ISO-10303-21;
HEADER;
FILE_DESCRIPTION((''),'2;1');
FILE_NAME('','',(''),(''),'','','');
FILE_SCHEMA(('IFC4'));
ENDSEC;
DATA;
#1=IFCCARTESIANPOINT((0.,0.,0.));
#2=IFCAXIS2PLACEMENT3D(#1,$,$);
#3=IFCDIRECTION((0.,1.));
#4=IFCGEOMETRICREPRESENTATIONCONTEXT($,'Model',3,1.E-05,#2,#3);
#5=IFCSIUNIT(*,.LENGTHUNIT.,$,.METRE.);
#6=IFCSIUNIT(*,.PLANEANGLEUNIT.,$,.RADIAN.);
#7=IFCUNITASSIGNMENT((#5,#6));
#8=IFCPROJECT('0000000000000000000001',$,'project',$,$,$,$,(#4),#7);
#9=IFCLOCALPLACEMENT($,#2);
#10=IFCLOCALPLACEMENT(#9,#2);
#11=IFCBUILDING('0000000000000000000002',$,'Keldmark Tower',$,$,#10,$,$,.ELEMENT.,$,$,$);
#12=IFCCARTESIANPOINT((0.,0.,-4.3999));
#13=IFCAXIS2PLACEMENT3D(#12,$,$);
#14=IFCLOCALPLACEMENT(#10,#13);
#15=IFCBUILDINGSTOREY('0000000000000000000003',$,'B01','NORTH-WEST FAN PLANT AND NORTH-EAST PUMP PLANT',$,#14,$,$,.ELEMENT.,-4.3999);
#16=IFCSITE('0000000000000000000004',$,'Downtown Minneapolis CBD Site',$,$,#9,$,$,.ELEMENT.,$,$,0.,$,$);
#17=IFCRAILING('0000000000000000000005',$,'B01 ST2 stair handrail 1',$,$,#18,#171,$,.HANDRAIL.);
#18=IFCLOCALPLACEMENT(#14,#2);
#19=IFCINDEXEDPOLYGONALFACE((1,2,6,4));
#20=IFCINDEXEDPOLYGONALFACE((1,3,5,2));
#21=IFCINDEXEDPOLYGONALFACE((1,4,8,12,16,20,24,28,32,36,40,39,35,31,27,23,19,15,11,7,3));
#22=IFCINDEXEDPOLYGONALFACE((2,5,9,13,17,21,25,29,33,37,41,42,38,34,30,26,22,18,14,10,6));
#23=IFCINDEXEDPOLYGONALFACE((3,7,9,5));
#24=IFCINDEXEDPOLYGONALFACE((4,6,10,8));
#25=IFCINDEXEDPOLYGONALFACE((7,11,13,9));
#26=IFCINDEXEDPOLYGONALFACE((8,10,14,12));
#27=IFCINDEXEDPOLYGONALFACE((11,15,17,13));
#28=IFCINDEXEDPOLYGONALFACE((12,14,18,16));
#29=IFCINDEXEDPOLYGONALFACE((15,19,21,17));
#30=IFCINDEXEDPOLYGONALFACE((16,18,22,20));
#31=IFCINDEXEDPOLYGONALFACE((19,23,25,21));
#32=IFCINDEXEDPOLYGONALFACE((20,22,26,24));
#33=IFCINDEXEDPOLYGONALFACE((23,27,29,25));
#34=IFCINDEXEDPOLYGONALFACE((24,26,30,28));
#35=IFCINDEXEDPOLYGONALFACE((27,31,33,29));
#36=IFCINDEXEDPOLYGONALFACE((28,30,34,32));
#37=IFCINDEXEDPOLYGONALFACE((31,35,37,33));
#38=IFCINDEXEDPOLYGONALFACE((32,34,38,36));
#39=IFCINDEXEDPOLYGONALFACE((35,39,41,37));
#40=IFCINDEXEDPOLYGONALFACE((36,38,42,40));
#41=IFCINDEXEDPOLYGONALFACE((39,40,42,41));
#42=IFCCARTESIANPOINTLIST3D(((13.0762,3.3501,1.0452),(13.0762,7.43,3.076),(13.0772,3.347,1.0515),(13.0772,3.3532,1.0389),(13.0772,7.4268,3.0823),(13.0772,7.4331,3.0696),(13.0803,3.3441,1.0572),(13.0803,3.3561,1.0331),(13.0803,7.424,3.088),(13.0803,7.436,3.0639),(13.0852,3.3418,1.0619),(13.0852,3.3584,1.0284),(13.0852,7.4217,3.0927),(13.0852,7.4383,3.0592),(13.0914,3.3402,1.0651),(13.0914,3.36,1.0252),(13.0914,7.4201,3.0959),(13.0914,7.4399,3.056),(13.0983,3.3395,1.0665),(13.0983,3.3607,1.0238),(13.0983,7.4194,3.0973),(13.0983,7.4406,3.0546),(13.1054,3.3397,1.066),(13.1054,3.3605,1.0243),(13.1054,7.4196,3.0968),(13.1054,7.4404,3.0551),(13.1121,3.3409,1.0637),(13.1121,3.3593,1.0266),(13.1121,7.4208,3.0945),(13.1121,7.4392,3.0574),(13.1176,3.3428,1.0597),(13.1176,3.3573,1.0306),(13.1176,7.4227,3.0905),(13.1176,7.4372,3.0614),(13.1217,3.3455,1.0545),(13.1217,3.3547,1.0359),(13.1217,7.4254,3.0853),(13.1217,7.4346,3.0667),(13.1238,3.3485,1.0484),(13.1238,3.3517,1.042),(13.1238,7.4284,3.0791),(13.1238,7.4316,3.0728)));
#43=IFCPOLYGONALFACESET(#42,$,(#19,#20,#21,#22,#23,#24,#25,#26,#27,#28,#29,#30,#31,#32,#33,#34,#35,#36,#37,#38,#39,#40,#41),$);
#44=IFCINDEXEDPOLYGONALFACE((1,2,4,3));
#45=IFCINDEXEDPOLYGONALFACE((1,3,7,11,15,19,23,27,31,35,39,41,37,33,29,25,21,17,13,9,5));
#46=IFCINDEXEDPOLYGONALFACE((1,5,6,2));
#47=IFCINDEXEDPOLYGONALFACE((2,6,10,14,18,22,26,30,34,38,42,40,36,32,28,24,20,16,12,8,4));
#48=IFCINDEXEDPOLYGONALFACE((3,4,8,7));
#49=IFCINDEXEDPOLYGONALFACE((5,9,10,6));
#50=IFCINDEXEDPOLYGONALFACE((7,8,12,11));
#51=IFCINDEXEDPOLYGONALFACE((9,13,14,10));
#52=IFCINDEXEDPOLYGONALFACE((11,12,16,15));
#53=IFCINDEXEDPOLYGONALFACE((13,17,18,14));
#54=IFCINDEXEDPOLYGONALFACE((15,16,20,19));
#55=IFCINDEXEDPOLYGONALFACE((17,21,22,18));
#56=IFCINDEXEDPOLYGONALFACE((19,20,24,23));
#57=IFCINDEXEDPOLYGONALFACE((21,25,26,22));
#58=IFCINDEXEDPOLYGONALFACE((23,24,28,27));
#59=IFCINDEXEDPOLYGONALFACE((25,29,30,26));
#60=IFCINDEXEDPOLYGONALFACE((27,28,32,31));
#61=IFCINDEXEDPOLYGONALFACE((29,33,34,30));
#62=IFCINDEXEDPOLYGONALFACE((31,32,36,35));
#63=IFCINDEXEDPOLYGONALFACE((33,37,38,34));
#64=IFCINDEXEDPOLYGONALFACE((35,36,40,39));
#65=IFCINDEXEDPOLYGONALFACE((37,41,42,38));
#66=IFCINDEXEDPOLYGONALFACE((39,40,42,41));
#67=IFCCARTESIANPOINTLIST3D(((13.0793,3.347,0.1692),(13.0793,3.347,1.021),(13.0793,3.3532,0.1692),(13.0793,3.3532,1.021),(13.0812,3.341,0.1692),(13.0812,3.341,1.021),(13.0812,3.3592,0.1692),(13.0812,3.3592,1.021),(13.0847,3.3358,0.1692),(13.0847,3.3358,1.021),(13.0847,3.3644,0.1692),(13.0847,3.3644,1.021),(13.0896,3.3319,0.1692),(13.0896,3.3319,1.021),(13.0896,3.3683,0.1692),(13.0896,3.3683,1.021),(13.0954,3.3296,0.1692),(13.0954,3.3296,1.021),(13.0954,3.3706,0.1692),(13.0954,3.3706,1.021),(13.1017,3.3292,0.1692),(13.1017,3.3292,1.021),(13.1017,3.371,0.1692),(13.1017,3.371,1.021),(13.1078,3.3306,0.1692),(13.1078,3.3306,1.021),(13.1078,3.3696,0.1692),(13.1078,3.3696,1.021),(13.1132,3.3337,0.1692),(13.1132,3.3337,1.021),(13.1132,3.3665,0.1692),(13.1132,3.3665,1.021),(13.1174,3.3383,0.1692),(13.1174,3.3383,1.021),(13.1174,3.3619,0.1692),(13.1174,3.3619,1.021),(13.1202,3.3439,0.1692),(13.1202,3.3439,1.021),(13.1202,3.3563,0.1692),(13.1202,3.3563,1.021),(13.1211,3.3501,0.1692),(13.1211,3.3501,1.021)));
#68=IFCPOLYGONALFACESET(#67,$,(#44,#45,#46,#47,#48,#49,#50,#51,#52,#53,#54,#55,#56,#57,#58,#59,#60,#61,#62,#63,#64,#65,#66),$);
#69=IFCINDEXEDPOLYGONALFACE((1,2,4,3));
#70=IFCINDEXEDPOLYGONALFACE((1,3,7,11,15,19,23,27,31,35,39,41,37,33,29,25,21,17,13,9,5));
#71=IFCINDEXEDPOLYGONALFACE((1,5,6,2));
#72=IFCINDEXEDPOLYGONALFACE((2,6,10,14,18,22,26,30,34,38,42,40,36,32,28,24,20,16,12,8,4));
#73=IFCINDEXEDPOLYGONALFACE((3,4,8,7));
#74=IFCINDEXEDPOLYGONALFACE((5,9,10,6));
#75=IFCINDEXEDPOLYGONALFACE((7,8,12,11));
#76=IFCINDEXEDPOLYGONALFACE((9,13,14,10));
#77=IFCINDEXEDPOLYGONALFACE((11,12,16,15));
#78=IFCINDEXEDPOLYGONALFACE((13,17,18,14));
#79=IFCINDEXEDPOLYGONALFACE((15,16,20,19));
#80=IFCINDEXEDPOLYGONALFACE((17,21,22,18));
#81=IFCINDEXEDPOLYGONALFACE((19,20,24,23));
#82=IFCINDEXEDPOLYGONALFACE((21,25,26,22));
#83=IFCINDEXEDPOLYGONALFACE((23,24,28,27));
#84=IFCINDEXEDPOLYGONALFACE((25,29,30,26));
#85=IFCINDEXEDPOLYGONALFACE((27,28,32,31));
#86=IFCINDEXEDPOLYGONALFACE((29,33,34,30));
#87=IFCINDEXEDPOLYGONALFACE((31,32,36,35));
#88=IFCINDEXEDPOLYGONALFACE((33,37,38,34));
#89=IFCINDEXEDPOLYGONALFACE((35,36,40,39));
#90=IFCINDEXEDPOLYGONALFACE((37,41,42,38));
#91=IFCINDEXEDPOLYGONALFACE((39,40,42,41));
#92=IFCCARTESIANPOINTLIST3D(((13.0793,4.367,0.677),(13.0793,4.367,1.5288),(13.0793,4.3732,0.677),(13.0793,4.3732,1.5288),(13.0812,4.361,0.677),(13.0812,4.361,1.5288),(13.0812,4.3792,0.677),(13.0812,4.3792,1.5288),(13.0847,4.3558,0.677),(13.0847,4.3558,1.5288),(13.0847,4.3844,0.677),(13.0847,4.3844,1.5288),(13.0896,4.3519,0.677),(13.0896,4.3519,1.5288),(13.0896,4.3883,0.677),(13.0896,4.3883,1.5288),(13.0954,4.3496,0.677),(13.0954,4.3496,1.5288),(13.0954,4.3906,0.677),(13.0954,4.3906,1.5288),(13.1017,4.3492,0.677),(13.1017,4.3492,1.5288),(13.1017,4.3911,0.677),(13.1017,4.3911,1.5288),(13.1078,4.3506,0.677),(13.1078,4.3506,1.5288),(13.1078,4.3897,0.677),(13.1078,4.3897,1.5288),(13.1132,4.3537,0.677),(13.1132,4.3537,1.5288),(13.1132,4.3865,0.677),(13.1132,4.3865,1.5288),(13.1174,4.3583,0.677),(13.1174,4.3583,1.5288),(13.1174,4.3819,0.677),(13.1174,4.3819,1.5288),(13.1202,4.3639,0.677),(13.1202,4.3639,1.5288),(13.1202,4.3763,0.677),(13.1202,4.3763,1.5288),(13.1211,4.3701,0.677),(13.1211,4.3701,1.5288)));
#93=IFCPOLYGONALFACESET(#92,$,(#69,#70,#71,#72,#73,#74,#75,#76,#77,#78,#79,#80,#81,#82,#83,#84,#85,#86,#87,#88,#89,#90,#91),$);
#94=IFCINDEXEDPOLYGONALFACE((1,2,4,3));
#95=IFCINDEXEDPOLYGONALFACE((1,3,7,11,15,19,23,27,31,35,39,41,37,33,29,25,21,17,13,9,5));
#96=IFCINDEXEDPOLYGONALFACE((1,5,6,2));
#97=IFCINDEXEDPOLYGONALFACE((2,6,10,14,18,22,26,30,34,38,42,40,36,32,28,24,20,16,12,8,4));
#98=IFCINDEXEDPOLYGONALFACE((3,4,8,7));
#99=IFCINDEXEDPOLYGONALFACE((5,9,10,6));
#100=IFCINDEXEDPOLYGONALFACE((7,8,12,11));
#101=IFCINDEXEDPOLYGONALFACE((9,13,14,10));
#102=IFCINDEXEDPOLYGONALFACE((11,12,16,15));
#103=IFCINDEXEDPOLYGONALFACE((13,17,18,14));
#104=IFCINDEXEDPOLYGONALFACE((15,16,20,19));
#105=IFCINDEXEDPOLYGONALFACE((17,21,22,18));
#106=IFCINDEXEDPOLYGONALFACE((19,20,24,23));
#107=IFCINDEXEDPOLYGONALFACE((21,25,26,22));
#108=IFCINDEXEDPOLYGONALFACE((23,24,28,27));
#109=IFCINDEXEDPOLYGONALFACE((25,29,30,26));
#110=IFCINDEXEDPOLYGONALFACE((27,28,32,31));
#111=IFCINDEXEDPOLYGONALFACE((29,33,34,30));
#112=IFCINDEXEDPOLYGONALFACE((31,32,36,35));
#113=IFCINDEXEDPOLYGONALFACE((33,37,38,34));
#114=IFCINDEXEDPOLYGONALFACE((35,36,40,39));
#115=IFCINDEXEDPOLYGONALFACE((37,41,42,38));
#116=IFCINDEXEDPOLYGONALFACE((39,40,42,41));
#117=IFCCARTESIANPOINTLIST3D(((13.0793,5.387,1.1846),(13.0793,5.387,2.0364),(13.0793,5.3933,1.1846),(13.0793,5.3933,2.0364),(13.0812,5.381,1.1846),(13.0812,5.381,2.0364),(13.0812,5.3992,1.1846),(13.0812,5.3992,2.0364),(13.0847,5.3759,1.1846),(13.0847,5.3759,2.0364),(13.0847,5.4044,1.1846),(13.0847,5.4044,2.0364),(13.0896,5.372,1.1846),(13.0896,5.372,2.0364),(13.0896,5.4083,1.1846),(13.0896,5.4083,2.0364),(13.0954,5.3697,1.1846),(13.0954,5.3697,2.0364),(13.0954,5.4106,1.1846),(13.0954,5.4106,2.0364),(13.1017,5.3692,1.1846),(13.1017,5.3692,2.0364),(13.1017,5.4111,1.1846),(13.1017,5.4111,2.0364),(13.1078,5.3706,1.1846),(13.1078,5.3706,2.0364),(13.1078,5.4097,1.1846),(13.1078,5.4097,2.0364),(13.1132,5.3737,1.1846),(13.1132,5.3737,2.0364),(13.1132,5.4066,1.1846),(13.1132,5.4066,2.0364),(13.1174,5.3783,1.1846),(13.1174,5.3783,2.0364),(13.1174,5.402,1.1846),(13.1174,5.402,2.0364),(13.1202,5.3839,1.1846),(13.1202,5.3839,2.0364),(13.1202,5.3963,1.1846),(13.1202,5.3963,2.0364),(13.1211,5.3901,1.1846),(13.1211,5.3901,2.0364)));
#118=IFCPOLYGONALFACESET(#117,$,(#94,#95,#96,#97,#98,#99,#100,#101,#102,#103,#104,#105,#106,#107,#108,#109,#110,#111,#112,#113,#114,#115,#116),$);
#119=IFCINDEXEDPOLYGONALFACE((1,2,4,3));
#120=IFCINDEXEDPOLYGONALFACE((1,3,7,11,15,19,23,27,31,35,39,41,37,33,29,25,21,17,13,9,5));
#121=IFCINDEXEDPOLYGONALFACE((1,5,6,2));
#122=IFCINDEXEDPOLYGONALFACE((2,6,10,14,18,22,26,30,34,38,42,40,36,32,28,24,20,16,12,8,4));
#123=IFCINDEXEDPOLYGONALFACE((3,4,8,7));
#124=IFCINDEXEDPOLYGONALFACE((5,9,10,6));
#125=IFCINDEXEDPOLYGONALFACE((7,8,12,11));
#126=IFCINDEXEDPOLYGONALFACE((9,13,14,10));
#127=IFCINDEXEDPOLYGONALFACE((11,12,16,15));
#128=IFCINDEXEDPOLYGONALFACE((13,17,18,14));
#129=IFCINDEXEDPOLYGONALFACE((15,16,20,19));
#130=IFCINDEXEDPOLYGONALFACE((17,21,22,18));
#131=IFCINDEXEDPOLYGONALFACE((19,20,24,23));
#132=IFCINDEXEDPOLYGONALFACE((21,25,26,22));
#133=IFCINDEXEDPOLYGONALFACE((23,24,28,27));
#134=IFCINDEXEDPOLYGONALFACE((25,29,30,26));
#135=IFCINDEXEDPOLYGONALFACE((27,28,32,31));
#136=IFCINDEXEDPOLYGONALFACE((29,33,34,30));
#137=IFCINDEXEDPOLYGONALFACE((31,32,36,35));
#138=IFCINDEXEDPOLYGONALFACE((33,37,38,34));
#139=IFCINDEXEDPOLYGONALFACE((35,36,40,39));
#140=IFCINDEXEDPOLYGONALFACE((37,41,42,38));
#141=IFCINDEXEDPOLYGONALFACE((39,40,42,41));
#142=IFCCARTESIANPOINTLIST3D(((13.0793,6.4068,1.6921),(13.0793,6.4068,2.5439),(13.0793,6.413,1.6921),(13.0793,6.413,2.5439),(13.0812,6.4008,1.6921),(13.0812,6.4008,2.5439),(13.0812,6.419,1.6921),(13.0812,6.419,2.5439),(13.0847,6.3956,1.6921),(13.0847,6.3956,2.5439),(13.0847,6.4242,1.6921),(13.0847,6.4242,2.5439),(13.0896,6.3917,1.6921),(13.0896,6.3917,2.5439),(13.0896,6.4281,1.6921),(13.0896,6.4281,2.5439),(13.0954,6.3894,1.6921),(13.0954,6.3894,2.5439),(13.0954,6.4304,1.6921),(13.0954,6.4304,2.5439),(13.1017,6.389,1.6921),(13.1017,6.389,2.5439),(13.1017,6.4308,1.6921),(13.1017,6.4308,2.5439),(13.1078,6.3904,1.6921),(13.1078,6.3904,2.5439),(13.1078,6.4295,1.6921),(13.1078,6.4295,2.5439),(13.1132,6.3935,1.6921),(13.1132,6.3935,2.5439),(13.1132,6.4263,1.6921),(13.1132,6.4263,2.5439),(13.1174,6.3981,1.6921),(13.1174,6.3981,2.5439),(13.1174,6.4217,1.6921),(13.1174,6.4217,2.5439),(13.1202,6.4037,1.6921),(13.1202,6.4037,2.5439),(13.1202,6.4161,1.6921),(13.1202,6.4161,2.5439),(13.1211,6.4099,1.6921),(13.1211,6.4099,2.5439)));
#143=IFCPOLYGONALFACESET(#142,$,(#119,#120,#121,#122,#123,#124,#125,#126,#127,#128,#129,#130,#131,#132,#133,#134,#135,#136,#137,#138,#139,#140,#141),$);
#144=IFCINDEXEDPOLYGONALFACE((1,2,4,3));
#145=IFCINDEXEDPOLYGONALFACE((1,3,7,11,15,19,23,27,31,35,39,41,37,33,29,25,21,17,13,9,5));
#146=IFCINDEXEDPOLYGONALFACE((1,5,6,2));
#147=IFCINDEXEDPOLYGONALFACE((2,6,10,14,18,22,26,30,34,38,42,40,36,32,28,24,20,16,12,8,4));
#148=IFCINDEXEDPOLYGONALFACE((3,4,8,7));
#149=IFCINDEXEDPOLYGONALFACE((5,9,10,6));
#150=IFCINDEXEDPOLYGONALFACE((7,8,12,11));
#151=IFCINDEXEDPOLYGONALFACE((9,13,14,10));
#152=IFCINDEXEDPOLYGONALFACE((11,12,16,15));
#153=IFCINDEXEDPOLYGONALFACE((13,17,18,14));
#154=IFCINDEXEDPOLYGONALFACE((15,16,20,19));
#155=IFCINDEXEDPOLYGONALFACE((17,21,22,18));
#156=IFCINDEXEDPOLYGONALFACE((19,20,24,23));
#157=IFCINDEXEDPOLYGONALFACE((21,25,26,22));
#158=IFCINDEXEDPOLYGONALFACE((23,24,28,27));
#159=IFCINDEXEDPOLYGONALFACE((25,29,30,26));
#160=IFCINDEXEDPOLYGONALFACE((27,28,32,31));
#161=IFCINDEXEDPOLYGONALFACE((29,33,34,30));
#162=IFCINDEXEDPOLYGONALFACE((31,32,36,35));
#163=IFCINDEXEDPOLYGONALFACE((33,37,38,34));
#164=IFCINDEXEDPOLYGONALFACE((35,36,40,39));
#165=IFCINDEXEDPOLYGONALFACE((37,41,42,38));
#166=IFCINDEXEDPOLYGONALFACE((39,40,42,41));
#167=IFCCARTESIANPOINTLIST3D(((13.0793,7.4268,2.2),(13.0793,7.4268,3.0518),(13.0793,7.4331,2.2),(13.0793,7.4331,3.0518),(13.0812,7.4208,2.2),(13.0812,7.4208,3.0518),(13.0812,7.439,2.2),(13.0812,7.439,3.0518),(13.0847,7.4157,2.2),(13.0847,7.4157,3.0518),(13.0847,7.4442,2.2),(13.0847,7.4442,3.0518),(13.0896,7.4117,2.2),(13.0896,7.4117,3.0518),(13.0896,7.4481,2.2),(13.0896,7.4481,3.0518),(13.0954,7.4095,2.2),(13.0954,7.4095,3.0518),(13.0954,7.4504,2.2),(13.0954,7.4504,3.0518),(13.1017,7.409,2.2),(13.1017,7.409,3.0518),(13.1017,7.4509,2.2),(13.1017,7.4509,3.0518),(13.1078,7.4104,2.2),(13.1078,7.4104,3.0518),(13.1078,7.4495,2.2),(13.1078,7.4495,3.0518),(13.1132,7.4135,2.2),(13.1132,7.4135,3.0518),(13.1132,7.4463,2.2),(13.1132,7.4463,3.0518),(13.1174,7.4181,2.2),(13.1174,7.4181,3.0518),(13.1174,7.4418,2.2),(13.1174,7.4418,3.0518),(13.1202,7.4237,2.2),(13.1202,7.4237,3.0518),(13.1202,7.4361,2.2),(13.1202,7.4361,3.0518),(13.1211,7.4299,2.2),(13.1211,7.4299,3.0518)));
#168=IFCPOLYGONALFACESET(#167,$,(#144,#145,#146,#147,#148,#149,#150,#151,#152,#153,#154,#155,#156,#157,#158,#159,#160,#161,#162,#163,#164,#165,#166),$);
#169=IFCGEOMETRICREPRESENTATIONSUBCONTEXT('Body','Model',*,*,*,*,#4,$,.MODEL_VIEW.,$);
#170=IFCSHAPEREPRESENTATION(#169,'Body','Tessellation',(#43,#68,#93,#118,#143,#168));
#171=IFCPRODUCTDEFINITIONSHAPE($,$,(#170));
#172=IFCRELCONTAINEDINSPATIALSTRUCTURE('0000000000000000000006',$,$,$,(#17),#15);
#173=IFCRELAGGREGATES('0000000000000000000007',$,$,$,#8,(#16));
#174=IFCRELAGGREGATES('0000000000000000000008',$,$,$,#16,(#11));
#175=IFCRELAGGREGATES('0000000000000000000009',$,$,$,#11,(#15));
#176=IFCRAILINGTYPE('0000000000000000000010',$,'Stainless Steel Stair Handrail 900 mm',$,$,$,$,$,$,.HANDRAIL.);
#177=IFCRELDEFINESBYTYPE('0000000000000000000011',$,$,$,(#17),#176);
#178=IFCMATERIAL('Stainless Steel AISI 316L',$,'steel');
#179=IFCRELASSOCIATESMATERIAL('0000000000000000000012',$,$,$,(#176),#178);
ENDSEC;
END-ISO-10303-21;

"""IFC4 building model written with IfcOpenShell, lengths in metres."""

from ifc_helpers import new_model, si_unit, direction, frame, origin, origin_2d, place, context, subcontext, project, spatial, circle, extrude, material, type_object, element, save


model = new_model("IFC4")

# Units and contexts
model_context = context("Model", 3, precision=1e-05, world=origin(), true_north=direction((0.0, 1.0)))
body_context = subcontext(model_context, "Body", "Model", "MODEL_VIEW")
ifc_project = project(units=[si_unit("LENGTHUNIT", "METRE"), si_unit("PLANEANGLEUNIT", "RADIAN")], contexts=[model_context])

# Site, building, storey
site_placement = place(None, origin())
site = spatial("IfcSite", under=ifc_project, at=site_placement, Name="Downtown Minneapolis CBD Site", CompositionType="ELEMENT", RefElevation=0.0)
building_placement = place(site_placement, origin())
building = spatial("IfcBuilding", under=site, at=building_placement, Name="Keldmark Tower", CompositionType="ELEMENT")
storey_placement = place(building_placement, frame((0.0, 0.0, -4.3999)))
storey = spatial("IfcBuildingStorey", under=building, at=storey_placement, Name="B01", Description="NORTH-WEST FAN PLANT AND NORTH-EAST PUMP PLANT", CompositionType="ELEMENT", Elevation=-4.3999)

# Railing
ifc_material_1 = material(Name="Stainless Steel AISI 316L", Category="steel")
railing_type_1 = type_object("IfcRailingType", Name="Stainless Steel Stair Handrail 900 mm", PredefinedType="HANDRAIL", material=ifc_material_1)
railing_1_placement = place(storey_placement, frame((13.1001, 3.3501, 0.1692)))
element("IfcRailing", 1, at=railing_1_placement, inside=storey, type_object=railing_type_1, Name="B01 ST2 stair handrail 1", PredefinedType="HANDRAIL", context=body_context, shape_type="SweptSolid", body=[
    extrude(circle(Radius=0.0239, at=origin_2d()), frame((0.0, 0.0, 0.876), z_axis=(0.0, 0.895229, 0.445606), x_axis=(-1.0, 0.0, 0.0)), (0.0, 0.0, 1.0), 4.5574),
    extrude(circle(Radius=0.021, at=origin_2d()), origin(), (0.0, 0.0, 1.0), 0.8518),
    extrude(circle(Radius=0.021, at=origin_2d()), frame((0.0, 1.02, 0.5078)), (0.0, 0.0, 1.0), 0.8518),
    extrude(circle(Radius=0.021, at=origin_2d()), frame((0.0, 2.04, 1.0154)), (0.0, 0.0, 1.0), 0.8518),
    extrude(circle(Radius=0.021, at=origin_2d()), frame((0.0, 3.0598, 1.5229)), (0.0, 0.0, 1.0), 0.8518),
    extrude(circle(Radius=0.021, at=origin_2d()), frame((0.0, 4.0798, 2.0308)), (0.0, 0.0, 1.0), 0.8518),
])

save(model, "model.ifc")
